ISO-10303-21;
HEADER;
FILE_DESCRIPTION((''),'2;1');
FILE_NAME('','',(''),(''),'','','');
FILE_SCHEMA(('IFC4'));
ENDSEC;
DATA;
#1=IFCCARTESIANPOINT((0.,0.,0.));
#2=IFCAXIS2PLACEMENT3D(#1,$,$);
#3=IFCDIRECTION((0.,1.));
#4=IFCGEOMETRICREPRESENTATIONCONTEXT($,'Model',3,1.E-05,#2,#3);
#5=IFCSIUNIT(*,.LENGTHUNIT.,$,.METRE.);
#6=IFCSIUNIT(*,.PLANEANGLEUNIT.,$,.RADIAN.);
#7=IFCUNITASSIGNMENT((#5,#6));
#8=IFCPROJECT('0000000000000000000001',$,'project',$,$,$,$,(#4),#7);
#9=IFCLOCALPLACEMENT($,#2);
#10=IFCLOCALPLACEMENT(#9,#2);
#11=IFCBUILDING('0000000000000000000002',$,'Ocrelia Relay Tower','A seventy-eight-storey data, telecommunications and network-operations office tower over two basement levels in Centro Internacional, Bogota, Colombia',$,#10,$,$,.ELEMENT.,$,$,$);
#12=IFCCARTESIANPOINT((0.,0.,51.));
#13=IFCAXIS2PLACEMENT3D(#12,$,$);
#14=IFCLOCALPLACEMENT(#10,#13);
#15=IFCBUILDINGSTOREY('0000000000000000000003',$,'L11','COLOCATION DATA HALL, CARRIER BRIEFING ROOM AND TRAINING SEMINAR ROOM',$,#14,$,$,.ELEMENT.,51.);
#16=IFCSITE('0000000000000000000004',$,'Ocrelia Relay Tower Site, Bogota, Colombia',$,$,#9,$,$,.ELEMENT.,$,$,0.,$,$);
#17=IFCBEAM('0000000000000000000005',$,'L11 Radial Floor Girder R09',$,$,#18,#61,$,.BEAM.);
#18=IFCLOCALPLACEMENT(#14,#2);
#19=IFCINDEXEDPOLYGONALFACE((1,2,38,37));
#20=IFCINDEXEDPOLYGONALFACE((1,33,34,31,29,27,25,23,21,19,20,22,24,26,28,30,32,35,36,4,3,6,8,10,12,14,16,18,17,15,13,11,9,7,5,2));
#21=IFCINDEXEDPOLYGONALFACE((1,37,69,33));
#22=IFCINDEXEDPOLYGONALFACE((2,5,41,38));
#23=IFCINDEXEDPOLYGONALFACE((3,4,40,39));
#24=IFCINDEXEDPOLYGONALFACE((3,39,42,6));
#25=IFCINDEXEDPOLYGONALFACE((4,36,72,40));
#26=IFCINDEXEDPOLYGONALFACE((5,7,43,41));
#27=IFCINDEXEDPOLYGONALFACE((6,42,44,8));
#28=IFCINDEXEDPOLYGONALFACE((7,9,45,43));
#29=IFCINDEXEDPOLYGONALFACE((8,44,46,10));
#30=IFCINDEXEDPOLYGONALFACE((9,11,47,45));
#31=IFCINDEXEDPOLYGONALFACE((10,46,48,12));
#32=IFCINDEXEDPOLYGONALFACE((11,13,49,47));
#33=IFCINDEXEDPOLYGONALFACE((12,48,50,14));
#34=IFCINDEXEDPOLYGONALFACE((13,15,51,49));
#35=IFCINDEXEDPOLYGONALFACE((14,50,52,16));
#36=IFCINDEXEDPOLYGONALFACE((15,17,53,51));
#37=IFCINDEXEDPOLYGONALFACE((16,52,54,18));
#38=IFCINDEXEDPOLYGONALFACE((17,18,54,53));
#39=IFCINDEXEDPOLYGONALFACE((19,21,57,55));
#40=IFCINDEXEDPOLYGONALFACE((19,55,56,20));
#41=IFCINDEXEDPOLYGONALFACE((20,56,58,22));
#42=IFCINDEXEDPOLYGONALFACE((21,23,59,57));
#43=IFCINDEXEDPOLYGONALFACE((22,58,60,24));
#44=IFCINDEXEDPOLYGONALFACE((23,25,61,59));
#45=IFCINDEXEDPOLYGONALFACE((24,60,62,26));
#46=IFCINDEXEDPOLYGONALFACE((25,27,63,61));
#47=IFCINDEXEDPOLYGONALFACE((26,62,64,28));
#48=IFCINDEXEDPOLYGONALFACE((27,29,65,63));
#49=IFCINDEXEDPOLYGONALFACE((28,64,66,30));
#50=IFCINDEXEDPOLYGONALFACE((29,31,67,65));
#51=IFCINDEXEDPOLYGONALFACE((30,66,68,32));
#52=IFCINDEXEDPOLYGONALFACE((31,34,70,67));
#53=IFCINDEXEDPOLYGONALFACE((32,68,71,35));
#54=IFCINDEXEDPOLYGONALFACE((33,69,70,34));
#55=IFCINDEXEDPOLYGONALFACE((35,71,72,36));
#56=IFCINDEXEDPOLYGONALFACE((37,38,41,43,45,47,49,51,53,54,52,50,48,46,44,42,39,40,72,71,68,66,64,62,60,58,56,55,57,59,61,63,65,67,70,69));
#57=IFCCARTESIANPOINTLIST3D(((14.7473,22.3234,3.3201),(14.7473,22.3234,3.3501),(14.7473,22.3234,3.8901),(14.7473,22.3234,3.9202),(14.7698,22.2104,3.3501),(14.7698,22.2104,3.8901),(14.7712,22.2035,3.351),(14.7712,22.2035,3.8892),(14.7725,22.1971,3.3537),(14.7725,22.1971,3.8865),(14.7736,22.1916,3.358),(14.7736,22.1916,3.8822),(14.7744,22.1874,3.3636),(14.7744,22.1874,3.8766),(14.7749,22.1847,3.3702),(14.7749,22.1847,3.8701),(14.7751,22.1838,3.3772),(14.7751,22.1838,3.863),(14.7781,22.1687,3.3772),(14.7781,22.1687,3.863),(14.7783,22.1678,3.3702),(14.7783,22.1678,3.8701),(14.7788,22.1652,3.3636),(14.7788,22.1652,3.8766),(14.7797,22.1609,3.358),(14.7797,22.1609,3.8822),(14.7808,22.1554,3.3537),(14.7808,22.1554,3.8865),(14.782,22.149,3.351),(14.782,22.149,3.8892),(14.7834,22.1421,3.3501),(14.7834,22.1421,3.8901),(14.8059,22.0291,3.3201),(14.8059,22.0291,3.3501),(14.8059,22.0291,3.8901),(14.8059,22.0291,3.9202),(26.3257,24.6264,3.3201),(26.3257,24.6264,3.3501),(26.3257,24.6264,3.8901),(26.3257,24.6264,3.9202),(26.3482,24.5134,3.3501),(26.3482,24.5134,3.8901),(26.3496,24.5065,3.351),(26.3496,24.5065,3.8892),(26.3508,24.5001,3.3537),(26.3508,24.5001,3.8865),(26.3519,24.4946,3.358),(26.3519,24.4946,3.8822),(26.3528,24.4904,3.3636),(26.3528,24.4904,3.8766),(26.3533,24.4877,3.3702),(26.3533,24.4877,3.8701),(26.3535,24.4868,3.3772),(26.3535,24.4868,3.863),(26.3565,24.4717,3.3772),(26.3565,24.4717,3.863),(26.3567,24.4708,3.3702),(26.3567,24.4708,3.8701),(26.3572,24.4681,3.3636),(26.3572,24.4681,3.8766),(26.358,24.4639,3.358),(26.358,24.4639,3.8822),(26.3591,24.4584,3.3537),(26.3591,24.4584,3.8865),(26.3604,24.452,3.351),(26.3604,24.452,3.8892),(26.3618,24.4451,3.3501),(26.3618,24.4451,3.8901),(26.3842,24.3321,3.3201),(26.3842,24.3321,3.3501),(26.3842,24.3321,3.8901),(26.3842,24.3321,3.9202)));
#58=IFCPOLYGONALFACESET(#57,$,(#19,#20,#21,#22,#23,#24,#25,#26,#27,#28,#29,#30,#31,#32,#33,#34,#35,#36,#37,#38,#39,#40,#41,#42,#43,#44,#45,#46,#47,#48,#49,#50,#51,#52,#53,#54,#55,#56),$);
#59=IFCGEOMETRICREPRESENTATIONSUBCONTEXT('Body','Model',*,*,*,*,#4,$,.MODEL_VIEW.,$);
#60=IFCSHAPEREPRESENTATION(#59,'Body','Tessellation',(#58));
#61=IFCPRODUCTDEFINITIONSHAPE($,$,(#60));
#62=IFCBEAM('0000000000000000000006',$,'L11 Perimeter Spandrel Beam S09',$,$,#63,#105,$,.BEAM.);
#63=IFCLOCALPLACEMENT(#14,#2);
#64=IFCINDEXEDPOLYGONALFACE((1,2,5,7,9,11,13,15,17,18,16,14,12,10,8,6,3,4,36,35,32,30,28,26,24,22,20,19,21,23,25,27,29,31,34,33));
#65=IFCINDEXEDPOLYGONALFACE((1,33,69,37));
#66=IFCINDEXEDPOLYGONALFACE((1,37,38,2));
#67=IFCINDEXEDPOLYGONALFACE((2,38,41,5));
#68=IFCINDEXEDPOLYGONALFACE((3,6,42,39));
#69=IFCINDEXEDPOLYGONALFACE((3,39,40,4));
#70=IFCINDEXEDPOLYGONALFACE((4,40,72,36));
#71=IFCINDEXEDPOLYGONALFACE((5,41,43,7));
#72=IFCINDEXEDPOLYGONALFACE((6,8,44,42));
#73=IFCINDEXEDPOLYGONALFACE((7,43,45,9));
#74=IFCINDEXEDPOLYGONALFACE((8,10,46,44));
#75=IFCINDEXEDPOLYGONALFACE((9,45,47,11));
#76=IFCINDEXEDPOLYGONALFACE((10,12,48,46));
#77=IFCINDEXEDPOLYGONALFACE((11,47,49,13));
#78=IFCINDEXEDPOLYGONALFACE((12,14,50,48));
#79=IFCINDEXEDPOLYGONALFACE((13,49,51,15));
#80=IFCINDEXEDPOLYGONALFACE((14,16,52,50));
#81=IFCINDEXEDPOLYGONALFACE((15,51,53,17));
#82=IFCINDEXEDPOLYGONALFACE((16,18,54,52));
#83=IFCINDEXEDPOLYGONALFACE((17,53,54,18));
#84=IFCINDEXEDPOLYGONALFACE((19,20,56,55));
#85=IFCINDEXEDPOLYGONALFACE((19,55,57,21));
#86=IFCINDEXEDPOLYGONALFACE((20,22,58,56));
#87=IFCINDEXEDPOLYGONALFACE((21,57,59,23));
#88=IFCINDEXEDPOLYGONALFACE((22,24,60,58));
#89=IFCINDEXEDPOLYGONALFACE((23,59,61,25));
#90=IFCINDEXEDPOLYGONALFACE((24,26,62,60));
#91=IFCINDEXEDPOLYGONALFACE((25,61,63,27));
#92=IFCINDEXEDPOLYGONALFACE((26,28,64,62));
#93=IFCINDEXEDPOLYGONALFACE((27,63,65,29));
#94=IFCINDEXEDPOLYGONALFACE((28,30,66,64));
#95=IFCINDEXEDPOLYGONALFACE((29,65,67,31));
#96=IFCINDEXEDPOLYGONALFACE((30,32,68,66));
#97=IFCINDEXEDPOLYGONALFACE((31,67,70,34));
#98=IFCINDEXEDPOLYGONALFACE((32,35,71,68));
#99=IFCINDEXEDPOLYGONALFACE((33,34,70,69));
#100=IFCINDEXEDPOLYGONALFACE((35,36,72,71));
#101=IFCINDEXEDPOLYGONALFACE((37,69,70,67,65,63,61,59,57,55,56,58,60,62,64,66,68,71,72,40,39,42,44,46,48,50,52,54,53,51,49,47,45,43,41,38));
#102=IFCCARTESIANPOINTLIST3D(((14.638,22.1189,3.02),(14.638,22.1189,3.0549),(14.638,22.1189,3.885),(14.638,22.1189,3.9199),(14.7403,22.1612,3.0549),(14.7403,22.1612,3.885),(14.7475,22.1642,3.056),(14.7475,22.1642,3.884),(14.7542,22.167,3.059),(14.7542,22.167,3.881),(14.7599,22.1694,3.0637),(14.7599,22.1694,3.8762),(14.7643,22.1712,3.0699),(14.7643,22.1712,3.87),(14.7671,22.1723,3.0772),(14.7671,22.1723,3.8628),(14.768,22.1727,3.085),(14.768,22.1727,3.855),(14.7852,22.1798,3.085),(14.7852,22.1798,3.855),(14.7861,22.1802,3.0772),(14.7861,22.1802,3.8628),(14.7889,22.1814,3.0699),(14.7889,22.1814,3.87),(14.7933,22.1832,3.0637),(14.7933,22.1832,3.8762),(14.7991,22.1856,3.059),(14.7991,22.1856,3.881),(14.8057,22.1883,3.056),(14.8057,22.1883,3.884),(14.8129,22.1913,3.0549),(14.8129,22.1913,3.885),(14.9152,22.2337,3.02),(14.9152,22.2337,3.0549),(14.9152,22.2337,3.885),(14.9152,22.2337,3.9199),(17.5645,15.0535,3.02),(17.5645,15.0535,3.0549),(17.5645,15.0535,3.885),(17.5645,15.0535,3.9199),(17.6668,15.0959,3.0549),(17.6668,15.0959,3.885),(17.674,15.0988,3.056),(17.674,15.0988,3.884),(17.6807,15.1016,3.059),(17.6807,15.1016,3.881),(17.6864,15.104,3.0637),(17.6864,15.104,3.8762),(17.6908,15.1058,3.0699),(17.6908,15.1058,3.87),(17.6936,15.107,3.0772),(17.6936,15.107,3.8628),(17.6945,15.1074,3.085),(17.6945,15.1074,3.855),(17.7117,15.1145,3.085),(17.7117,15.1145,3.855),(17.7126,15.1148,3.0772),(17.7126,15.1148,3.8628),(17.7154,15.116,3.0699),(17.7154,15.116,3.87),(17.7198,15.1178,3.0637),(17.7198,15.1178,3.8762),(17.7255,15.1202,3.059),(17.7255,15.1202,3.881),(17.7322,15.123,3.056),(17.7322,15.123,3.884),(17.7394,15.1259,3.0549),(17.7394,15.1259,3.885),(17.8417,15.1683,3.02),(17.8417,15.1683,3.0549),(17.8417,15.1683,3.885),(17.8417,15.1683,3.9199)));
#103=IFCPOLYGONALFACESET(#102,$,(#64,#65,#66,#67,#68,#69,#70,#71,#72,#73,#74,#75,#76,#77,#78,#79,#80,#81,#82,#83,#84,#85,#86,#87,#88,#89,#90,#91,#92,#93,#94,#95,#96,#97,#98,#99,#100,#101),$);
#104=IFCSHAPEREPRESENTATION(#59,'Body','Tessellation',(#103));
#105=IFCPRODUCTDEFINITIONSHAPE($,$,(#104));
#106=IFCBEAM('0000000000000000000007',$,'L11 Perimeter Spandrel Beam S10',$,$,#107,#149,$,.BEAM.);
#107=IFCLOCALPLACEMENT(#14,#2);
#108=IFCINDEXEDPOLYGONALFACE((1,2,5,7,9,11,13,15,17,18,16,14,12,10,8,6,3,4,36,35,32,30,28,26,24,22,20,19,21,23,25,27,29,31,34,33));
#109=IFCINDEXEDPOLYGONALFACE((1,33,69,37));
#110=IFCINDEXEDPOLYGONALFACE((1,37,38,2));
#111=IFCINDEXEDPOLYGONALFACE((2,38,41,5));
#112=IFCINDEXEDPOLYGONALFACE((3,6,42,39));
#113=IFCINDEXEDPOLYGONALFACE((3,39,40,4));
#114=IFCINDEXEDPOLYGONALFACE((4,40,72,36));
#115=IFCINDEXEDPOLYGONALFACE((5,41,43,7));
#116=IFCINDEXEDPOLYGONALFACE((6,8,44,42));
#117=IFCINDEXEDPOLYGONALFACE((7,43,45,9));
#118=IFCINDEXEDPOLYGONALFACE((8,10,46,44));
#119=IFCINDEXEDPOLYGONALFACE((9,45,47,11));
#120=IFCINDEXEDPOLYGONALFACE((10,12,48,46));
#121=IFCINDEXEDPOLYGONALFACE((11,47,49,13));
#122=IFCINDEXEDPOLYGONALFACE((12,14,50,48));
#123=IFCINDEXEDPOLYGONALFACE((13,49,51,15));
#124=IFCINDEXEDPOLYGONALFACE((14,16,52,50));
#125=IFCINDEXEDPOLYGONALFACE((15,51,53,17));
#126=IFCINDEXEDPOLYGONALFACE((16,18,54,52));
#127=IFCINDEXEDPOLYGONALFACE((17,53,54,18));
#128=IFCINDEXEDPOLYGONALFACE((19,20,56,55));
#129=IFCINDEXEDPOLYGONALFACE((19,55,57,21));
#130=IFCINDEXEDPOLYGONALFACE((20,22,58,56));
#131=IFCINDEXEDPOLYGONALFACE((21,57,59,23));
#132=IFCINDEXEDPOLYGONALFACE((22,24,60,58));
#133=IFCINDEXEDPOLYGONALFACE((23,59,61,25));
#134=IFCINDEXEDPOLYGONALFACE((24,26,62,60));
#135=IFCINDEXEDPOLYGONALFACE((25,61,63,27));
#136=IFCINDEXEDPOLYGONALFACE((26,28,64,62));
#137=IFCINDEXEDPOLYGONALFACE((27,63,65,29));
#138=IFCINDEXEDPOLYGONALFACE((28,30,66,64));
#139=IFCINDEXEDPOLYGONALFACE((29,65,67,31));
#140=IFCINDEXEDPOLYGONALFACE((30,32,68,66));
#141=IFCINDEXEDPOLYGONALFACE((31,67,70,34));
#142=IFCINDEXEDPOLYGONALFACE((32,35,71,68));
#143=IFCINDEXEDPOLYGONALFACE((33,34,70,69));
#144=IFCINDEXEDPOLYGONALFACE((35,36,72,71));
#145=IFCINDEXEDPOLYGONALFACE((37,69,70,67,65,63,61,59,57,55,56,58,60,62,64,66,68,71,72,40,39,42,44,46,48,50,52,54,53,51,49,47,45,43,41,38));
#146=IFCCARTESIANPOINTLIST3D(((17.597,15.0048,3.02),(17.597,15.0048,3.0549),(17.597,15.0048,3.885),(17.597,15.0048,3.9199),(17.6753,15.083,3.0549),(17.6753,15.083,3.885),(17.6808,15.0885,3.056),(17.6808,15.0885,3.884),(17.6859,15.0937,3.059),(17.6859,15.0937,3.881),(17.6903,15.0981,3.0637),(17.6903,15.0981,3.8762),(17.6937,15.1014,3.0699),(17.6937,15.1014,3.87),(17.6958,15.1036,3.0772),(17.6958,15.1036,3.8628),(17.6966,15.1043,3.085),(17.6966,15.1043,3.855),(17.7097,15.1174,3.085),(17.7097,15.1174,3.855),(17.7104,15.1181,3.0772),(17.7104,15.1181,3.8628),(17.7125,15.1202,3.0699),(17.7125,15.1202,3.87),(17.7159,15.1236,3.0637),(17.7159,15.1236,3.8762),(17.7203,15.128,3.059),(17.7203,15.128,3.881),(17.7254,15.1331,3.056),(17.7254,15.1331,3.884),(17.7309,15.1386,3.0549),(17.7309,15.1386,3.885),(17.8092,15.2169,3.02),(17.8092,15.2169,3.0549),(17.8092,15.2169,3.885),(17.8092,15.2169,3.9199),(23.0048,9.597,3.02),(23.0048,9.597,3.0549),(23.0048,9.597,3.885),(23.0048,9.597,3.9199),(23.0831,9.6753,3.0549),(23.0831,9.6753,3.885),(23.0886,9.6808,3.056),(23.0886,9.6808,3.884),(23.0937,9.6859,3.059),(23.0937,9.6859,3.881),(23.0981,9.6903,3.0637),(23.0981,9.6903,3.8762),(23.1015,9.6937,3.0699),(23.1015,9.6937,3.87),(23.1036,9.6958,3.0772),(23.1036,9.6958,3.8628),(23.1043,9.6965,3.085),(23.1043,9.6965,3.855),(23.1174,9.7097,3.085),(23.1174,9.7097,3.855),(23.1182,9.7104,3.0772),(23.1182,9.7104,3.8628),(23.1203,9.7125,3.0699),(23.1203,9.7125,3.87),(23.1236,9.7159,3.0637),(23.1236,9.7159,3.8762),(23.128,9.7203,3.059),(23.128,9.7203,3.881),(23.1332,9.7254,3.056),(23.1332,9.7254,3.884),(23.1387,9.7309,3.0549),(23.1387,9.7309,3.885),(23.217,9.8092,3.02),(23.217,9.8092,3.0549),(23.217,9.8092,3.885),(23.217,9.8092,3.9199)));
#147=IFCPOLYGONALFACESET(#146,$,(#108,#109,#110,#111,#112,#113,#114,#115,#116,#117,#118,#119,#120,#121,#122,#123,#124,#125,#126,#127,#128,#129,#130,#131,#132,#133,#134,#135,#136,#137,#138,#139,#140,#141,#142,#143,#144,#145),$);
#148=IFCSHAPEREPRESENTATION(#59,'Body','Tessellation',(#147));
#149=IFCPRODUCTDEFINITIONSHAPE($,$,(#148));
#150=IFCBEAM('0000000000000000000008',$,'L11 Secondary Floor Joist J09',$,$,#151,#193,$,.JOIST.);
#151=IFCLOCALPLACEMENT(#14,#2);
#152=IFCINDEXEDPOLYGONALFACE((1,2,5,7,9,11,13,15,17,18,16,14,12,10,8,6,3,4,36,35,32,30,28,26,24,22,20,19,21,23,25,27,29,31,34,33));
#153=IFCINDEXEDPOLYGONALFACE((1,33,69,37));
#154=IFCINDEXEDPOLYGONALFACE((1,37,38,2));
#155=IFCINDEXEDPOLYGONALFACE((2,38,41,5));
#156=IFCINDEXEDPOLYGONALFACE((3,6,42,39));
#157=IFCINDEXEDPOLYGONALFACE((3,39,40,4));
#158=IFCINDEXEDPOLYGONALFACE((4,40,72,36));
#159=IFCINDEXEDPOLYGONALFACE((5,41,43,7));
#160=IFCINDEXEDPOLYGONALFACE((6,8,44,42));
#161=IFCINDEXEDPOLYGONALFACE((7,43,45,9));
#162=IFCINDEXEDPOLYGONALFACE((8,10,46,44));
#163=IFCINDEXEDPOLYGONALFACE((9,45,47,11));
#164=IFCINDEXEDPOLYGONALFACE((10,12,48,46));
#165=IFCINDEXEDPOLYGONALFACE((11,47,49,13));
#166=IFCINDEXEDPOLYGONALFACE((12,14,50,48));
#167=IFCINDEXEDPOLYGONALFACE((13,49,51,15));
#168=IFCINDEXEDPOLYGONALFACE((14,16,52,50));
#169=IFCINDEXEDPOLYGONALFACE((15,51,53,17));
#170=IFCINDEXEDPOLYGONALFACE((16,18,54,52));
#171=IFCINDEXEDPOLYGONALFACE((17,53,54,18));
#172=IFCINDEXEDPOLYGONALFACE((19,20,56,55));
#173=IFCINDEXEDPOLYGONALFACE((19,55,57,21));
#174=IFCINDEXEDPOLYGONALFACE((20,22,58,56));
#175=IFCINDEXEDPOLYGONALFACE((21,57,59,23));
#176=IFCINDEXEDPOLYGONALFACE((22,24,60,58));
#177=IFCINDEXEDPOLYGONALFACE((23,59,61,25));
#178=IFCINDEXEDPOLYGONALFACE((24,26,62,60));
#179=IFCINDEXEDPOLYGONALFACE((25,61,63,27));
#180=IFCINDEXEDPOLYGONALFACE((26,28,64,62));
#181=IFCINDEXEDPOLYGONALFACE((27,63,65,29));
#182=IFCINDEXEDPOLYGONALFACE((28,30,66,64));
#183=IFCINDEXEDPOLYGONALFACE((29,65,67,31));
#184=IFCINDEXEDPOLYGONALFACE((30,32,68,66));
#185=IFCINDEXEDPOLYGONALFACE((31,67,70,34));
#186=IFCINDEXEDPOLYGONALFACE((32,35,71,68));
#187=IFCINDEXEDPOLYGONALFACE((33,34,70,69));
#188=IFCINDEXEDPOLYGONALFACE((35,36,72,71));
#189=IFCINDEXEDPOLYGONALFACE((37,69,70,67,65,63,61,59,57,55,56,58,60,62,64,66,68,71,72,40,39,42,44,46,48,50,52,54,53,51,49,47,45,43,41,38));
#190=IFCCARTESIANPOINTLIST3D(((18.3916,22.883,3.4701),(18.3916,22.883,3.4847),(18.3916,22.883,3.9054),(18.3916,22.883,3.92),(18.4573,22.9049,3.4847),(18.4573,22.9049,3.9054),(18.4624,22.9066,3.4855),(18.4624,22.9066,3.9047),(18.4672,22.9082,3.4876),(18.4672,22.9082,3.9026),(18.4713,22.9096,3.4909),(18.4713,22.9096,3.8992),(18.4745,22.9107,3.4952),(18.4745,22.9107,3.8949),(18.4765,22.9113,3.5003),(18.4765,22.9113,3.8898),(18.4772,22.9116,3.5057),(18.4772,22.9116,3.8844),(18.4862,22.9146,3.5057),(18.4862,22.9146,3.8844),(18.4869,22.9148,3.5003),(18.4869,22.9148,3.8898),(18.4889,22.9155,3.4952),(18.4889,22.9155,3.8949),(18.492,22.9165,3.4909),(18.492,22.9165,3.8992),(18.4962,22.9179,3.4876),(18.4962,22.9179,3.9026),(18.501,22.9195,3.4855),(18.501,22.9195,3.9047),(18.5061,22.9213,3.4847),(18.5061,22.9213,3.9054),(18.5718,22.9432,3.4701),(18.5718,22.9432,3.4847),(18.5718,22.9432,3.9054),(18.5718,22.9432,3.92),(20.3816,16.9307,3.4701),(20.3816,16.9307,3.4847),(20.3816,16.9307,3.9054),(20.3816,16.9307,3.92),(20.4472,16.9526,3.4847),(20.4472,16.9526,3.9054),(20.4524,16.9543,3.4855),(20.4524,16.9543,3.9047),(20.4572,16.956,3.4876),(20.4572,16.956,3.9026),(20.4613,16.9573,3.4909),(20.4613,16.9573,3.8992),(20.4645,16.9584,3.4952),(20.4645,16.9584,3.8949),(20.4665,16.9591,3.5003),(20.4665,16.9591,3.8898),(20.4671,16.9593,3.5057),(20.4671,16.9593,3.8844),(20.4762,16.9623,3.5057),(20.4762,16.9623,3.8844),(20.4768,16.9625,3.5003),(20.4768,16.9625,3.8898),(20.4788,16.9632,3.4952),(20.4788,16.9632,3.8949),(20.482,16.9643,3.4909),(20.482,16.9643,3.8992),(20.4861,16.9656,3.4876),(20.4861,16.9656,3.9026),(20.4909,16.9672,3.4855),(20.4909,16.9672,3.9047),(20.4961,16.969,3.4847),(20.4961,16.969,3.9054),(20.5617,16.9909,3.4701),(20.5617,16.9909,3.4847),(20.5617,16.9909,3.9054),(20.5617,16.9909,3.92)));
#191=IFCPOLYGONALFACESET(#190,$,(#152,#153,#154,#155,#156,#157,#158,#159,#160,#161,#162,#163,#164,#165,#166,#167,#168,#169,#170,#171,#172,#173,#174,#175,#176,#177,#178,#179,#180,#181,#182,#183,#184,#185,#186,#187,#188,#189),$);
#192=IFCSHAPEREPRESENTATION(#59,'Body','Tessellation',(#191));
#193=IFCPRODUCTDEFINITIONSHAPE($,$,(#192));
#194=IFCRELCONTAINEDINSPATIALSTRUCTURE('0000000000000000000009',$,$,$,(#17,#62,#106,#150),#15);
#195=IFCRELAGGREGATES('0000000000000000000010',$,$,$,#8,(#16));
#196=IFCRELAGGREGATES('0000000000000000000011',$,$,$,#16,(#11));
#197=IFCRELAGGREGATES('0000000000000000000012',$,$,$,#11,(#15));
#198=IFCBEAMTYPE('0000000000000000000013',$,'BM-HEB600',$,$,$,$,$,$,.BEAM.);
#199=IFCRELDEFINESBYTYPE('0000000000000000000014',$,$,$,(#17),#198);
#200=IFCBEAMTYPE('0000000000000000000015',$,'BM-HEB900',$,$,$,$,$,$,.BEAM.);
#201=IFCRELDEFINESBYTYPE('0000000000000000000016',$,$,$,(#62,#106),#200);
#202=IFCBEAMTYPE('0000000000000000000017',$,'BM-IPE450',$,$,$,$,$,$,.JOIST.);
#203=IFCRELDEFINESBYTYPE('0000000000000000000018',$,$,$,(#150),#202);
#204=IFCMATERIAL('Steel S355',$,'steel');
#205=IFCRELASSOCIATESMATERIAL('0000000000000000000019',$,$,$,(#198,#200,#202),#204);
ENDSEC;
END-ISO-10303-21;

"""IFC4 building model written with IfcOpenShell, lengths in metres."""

from ifc_helpers import new_model, si_unit, direction, frame, origin, origin_2d, place, context, subcontext, project, spatial, i_section, extrude, material, material_profile, profile_set, type_object, element, save


model = new_model("IFC4")

# Units and contexts
model_context = context("Model", 3, precision=1e-05, world=origin(), true_north=direction((0.0, 1.0)))
body_context = subcontext(model_context, "Body", "Model", "MODEL_VIEW")
ifc_project = project(units=[si_unit("LENGTHUNIT", "METRE"), si_unit("PLANEANGLEUNIT", "RADIAN")], contexts=[model_context])

# Site, building, storey
site_placement = place(None, origin())
site = spatial("IfcSite", under=ifc_project, at=site_placement, Name="Ocrelia Relay Tower Site, Bogota, Colombia", CompositionType="ELEMENT", RefElevation=0.0)
building_placement = place(site_placement, origin())
building = spatial("IfcBuilding", under=site, at=building_placement, Name="Ocrelia Relay Tower", Description="A seventy-eight-storey data, telecommunications and network-operations office tower over two basement levels in Centro Internacional, Bogota, Colombia", CompositionType="ELEMENT")
storey_placement = place(building_placement, frame((0.0, 0.0, 51.0)))
storey = spatial("IfcBuildingStorey", under=building, at=storey_placement, Name="L11", Description="COLOCATION DATA HALL, CARRIER BRIEFING ROOM AND TRAINING SEMINAR ROOM", CompositionType="ELEMENT", Elevation=51.0)

# Beams
ifc_material_1 = material(Name="Steel S355", Category="steel")
ifc_material_profile_1 = material_profile(ifc_material_1, i_section(OverallWidth=0.3, OverallDepth=0.6001, WebThickness=0.0154, FlangeThickness=0.03, FilletRadius=0.0271, at=origin_2d()), Name="HEB 600")
ifc_profile_set_1 = profile_set([ifc_material_profile_1], Name="Steel S355")
beam_type_1 = type_object("IfcBeamType", Name="BM-HEB600", PredefinedType="BEAM", material=ifc_profile_set_1)
beam_1_placement = place(storey_placement, frame((14.7766, 22.1763, 3.6201), z_axis=(0.980787, 0.195082, 0.0), x_axis=(-0.195082, 0.980787, 0.0)))
element("IfcBeam", 1, at=beam_1_placement, inside=storey, type_object=beam_type_1, Name="L11 Radial Floor Girder R09", PredefinedType="BEAM", context=body_context, shape_type="SweptSolid", body=[
    extrude(i_section(OverallWidth=0.3, OverallDepth=0.6001, WebThickness=0.0154, FlangeThickness=0.03, FilletRadius=0.0271, at=origin_2d()), origin(), (0.0, 0.0, 1.0), 11.8052),
])
ifc_material_profile_2 = material_profile(ifc_material_1, i_section(OverallWidth=0.3, OverallDepth=0.8999, WebThickness=0.0186, FlangeThickness=0.0349, FilletRadius=0.03, at=origin_2d()), Name="HEB 900")
ifc_profile_set_2 = profile_set([ifc_material_profile_2], Name="Steel S355")
beam_type_2 = type_object("IfcBeamType", Name="BM-HEB900", PredefinedType="BEAM", material=ifc_profile_set_2)
beam_2_placement = place(storey_placement, frame((14.7766, 22.1763, 3.47), z_axis=(0.382674, -0.923883, 0.0), x_axis=(0.923883, 0.382674, 0.0)))
element("IfcBeam", 2, at=beam_2_placement, inside=storey, type_object=beam_type_2, Name="L11 Perimeter Spandrel Beam S09", PredefinedType="BEAM", context=body_context, shape_type="SweptSolid", body=[
    extrude(i_section(OverallWidth=0.3, OverallDepth=0.8999, WebThickness=0.0186, FlangeThickness=0.0349, FilletRadius=0.03, at=origin_2d()), origin(), (0.0, 0.0, 1.0), 7.6475),
])
beam_3_placement = place(storey_placement, frame((17.7031, 15.1108, 3.47), z_axis=(0.707107, -0.707107, 0.0), x_axis=(0.707107, 0.707107, 0.0)))
element("IfcBeam", 3, at=beam_3_placement, inside=storey, type_object=beam_type_2, Name="L11 Perimeter Spandrel Beam S10", PredefinedType="BEAM", context=body_context, shape_type="SweptSolid", body=[
    extrude(i_section(OverallWidth=0.3, OverallDepth=0.8999, WebThickness=0.0186, FlangeThickness=0.0349, FilletRadius=0.03, at=origin_2d()), origin(), (0.0, 0.0, 1.0), 7.6477),
])
ifc_material_profile_3 = material_profile(ifc_material_1, i_section(OverallWidth=0.1899, OverallDepth=0.45, WebThickness=0.0095, FlangeThickness=0.0146, FilletRadius=0.021, at=origin_2d()), Name="IPE 450")
ifc_profile_set_3 = profile_set([ifc_material_profile_3], Name="Steel S355")
beam_type_3 = type_object("IfcBeamType", Name="BM-IPE450", PredefinedType="JOIST", material=ifc_profile_set_3)
beam_4_placement = place(storey_placement, frame((18.4817, 22.9131, 3.6951), z_axis=(0.317068, -0.948403, 0.0), x_axis=(0.948403, 0.317068, 0.0)))
element("IfcBeam", 4, at=beam_4_placement, inside=storey, type_object=beam_type_3, Name="L11 Secondary Floor Joist J09", PredefinedType="JOIST", context=body_context, shape_type="SweptSolid", body=[
    extrude(i_section(OverallWidth=0.1899, OverallDepth=0.45, WebThickness=0.0095, FlangeThickness=0.0146, FilletRadius=0.021, at=origin_2d()), origin(), (0.0, 0.0, 1.0), 6.2761),
])

save(model, "model.ifc")
